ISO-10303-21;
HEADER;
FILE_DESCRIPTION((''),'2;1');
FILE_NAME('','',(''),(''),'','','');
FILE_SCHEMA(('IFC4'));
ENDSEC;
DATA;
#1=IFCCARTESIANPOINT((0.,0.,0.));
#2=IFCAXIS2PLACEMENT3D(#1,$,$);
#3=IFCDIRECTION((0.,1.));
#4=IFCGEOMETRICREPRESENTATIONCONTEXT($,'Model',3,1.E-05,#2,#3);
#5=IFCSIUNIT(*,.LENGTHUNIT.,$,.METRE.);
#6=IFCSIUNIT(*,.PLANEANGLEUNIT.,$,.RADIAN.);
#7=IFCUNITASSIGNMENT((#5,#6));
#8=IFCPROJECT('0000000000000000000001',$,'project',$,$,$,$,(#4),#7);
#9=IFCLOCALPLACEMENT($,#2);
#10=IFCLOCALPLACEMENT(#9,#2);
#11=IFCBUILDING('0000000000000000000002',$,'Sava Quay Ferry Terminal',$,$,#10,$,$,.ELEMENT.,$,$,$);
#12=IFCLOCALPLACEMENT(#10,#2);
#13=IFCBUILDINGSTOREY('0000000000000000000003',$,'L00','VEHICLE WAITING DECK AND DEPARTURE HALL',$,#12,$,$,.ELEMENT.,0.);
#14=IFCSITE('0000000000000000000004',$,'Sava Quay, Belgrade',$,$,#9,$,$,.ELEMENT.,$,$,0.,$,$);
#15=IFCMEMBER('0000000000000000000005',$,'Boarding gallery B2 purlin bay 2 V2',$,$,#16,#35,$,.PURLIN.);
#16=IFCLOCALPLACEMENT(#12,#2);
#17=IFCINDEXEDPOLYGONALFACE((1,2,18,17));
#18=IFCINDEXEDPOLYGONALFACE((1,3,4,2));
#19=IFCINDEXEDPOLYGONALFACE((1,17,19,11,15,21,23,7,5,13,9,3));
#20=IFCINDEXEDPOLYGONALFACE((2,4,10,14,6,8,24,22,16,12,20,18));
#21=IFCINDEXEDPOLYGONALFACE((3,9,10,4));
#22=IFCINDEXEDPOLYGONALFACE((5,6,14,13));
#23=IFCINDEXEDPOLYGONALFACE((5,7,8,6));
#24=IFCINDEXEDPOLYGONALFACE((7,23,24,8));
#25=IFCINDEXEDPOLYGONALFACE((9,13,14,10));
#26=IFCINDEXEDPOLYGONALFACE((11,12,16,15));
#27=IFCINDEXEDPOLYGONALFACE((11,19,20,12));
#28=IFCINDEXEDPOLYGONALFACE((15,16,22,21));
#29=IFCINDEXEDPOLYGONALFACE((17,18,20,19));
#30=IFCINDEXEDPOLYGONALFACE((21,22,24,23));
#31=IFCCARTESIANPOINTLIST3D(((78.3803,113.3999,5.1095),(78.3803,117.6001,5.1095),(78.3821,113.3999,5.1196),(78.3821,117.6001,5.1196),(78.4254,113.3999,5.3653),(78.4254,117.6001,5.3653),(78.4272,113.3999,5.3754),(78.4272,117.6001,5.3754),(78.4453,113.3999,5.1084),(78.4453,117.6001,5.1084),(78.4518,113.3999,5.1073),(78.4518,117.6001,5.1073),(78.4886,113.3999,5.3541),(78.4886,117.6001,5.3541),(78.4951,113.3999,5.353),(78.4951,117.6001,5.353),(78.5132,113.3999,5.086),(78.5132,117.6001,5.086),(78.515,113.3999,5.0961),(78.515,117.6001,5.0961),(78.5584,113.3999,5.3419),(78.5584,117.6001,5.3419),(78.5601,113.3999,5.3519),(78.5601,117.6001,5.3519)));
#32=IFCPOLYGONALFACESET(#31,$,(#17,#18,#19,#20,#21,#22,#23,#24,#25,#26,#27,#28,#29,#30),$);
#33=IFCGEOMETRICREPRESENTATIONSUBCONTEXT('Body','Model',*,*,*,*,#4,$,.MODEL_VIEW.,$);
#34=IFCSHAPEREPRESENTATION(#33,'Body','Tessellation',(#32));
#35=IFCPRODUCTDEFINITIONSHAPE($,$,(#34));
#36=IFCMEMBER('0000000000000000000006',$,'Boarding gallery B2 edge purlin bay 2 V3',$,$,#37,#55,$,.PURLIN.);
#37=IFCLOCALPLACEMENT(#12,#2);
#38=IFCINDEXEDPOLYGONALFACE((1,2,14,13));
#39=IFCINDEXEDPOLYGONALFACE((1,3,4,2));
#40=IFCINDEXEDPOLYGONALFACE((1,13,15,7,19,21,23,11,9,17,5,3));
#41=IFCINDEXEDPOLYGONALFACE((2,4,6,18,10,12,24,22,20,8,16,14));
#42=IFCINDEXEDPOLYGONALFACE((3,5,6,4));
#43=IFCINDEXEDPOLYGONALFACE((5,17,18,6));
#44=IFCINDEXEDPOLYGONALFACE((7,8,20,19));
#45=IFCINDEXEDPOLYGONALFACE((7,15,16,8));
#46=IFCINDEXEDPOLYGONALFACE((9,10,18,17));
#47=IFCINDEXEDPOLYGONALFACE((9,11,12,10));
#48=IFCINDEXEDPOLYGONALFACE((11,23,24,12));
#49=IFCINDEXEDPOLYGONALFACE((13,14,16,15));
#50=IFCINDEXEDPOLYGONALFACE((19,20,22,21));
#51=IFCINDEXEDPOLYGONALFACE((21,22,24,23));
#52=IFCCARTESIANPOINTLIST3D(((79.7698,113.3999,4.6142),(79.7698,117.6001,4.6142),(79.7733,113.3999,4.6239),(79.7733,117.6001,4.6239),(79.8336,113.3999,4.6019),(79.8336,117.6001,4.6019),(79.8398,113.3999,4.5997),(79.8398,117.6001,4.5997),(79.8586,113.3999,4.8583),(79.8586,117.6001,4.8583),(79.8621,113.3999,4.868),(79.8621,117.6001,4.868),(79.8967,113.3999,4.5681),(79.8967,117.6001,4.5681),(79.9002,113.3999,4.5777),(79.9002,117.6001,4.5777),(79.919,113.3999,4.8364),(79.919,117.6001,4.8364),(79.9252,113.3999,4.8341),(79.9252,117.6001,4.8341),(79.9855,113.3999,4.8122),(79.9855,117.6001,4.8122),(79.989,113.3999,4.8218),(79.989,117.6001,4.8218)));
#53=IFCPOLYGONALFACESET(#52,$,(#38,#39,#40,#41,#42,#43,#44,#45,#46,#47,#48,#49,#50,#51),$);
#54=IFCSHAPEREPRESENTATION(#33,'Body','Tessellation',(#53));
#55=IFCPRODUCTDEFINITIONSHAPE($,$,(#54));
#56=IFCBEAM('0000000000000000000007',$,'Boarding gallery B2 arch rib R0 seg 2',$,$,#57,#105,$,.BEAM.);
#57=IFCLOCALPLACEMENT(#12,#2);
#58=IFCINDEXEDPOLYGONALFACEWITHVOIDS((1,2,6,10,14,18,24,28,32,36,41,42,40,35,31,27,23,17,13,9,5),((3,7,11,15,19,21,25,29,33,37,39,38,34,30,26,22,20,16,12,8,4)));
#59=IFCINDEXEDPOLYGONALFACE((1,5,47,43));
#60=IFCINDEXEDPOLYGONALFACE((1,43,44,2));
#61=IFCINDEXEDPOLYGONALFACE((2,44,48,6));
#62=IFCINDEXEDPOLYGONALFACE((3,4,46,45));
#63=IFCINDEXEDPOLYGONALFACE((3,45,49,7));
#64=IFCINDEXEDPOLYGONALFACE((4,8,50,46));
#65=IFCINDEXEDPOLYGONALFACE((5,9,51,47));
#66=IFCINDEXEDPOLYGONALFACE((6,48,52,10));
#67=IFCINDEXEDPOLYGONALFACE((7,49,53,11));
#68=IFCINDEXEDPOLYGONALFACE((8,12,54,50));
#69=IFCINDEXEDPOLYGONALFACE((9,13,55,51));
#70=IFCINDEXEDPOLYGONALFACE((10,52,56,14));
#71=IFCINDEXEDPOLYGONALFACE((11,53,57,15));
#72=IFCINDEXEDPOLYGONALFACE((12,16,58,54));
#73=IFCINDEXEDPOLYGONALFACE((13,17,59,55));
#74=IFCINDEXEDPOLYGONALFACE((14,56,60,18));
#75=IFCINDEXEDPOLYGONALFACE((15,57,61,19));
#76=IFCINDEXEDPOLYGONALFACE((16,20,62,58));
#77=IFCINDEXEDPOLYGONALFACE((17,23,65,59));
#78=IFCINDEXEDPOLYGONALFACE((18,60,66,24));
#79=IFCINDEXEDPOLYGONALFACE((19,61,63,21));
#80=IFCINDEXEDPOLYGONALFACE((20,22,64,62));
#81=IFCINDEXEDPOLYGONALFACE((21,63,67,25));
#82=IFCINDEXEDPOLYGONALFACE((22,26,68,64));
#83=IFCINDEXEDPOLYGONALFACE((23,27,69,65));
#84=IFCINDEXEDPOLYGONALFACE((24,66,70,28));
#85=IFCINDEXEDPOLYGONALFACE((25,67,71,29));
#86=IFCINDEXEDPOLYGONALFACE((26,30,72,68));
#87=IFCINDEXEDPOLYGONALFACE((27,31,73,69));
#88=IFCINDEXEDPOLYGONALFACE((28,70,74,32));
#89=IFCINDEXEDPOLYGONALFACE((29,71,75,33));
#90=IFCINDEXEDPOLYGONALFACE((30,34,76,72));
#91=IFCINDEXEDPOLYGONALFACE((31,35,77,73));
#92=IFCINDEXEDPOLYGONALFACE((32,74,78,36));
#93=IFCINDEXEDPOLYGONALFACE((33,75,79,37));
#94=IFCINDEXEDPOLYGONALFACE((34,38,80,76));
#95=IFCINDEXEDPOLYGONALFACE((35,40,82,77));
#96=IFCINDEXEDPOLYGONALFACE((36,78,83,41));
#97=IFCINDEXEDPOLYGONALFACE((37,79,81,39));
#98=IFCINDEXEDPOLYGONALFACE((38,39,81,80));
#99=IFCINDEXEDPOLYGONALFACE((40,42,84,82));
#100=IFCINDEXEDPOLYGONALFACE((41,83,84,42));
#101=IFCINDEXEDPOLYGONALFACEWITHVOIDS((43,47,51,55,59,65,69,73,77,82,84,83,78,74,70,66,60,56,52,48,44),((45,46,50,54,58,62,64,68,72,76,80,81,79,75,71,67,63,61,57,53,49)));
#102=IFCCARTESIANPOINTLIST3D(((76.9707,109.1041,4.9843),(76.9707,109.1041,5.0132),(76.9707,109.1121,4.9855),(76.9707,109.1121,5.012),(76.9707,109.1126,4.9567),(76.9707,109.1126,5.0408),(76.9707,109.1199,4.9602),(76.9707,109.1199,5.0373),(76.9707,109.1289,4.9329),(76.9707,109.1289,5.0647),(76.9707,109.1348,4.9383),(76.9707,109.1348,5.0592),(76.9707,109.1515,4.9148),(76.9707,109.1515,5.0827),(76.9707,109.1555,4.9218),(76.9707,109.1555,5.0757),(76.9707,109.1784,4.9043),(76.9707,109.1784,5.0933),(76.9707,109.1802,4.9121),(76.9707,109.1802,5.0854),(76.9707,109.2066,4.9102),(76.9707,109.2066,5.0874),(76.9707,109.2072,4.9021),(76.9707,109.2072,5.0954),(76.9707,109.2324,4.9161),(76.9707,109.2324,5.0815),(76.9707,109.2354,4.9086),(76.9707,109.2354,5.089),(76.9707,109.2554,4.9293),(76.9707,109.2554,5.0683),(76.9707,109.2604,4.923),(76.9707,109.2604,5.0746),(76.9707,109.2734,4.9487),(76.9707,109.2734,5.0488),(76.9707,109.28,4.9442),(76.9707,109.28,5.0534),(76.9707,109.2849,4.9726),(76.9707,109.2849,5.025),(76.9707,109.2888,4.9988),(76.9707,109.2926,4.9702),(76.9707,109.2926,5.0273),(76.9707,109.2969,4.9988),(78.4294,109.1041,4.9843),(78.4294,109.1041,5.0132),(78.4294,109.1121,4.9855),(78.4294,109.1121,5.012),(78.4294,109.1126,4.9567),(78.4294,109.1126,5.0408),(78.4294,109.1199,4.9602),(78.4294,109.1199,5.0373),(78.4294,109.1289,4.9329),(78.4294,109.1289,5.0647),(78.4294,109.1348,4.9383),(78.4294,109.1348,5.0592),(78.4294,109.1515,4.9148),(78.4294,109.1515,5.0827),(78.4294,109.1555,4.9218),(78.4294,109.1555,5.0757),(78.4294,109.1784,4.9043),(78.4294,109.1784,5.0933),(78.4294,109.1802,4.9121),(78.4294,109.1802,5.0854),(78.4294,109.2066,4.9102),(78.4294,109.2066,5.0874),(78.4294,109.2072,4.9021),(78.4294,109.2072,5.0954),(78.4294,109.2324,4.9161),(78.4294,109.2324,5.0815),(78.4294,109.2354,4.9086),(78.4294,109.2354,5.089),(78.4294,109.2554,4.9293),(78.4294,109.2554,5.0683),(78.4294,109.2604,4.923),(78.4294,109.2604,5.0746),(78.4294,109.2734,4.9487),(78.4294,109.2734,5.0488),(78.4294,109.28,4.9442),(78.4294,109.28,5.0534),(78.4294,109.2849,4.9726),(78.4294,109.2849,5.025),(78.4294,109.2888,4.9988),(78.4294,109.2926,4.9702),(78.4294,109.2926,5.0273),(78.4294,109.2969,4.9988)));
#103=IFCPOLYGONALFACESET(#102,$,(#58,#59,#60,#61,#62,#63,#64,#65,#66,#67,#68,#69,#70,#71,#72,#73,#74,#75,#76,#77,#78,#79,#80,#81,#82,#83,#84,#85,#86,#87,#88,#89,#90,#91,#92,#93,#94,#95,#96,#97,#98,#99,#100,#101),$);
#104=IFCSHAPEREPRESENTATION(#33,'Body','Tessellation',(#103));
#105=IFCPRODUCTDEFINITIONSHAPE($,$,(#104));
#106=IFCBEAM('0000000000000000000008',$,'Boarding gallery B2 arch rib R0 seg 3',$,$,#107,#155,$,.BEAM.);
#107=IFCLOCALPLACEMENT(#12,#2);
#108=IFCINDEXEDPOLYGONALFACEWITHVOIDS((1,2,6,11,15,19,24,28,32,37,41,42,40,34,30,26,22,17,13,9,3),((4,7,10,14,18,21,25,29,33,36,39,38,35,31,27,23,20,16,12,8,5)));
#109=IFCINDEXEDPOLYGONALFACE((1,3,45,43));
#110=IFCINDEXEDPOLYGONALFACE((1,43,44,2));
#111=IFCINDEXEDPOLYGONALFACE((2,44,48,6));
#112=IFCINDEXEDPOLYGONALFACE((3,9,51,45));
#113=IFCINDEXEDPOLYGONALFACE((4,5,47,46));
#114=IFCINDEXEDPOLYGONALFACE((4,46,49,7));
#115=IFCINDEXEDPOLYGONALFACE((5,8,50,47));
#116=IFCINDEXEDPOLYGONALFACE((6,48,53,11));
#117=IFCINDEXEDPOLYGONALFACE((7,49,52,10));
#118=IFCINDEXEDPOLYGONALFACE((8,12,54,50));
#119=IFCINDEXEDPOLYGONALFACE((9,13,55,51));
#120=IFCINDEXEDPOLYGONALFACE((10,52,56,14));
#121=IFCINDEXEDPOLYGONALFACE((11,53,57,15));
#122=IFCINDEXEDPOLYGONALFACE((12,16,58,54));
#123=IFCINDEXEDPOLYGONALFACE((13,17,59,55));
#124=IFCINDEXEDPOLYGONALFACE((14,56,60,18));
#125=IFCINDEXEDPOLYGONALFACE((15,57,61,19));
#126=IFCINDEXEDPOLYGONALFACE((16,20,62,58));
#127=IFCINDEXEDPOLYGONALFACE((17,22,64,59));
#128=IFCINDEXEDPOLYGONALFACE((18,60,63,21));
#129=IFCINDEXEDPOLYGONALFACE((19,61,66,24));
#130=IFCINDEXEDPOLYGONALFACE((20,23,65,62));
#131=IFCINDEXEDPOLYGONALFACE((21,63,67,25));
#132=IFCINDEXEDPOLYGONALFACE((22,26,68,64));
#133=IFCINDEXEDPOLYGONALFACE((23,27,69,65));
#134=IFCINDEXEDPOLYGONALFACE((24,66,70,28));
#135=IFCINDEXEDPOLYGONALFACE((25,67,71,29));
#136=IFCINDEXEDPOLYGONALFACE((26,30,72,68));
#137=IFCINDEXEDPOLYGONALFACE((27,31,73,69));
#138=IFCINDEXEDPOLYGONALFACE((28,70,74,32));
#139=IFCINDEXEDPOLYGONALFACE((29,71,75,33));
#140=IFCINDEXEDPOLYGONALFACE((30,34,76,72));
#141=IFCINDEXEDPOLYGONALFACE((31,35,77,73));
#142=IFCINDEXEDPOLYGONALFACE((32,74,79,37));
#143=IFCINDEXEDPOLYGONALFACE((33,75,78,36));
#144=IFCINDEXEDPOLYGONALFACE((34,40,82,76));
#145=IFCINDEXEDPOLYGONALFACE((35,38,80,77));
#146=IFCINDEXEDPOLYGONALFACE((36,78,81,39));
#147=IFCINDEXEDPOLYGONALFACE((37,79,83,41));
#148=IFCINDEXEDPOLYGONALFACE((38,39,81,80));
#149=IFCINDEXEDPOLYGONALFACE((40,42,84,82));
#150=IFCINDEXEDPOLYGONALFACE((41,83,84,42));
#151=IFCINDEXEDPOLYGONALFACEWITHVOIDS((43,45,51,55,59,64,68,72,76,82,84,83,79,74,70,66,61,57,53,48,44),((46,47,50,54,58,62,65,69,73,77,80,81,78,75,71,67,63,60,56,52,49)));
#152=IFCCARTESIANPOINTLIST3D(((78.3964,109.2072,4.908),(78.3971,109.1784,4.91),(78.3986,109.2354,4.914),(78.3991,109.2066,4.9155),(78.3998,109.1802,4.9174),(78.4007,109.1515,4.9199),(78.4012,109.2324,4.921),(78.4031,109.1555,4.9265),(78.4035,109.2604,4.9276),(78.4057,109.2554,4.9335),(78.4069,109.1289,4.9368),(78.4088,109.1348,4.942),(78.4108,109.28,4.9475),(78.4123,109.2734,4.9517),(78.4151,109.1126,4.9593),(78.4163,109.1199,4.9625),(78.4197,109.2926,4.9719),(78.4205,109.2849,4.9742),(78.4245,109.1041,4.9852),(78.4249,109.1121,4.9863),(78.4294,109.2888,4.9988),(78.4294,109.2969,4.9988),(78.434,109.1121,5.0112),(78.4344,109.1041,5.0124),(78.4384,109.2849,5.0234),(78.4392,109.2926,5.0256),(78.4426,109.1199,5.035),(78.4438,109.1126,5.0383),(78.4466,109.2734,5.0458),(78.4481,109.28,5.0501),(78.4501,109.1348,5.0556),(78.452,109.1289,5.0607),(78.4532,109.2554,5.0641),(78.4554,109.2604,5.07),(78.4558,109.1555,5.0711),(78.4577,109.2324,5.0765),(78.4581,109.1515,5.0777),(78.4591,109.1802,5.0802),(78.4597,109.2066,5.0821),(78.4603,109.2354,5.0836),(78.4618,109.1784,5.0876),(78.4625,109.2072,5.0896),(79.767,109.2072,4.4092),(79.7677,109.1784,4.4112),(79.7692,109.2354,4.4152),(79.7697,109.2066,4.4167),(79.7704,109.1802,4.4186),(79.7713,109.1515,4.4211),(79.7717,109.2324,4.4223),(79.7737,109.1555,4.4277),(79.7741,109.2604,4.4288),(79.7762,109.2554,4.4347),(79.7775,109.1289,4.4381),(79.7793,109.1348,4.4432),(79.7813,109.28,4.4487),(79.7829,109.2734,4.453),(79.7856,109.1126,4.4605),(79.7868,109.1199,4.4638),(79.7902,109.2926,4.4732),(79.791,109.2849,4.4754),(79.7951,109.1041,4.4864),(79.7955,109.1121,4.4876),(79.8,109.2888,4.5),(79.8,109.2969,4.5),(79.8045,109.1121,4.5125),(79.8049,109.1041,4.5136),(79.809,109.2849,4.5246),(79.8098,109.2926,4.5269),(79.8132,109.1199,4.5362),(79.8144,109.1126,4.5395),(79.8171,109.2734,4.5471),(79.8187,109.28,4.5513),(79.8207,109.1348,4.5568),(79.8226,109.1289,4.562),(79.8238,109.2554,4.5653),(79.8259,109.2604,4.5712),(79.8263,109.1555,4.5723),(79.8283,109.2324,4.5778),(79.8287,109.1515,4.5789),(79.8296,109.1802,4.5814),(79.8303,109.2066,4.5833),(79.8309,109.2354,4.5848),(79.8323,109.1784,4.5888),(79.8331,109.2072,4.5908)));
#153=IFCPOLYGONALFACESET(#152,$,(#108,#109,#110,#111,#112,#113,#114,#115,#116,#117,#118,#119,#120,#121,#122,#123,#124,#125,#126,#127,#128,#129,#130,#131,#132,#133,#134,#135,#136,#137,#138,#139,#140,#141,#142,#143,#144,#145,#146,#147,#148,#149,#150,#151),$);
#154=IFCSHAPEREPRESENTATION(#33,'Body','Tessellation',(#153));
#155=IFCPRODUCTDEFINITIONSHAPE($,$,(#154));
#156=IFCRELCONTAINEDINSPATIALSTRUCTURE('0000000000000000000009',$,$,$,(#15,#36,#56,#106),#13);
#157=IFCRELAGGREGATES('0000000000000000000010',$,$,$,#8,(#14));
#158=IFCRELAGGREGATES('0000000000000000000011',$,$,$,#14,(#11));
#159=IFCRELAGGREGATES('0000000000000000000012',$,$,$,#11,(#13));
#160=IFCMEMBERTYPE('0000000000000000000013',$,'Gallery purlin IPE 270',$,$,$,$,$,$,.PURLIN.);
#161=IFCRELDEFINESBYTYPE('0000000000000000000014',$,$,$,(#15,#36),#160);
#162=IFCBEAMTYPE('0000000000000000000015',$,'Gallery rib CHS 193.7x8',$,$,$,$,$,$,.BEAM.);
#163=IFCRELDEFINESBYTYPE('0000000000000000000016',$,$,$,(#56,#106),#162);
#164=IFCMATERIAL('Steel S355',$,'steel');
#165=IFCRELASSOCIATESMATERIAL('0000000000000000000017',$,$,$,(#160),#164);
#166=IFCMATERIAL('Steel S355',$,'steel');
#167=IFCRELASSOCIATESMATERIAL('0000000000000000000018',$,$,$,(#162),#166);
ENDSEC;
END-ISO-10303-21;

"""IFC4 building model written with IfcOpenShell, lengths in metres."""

from ifc_helpers import new_model, si_unit, direction, frame, origin, origin_2d, place, context, subcontext, project, spatial, hollow_circle, i_section, extrude, material, material_profile, profile_set, type_object, element, save


model = new_model("IFC4")

# Units and contexts
model_context = context("Model", 3, precision=1e-05, world=origin(), true_north=direction((0.0, 1.0)))
body_context = subcontext(model_context, "Body", "Model", "MODEL_VIEW")
ifc_project = project(units=[si_unit("LENGTHUNIT", "METRE"), si_unit("PLANEANGLEUNIT", "RADIAN")], contexts=[model_context])

# Site, building, storey
site_placement = place(None, origin())
site = spatial("IfcSite", under=ifc_project, at=site_placement, Name="Sava Quay, Belgrade", CompositionType="ELEMENT", RefElevation=0.0)
building_placement = place(site_placement, origin())
building = spatial("IfcBuilding", under=site, at=building_placement, Name="Sava Quay Ferry Terminal", CompositionType="ELEMENT")
storey_placement = place(building_placement, origin())
storey = spatial("IfcBuildingStorey", under=building, at=storey_placement, Name="L00", Description="VEHICLE WAITING DECK AND DEPARTURE HALL", CompositionType="ELEMENT", Elevation=0.0)

# Members
ifc_material_1 = material(Name="Steel S355", Category="steel")
ifc_material_profile_1 = material_profile(ifc_material_1, i_section(OverallWidth=0.135, OverallDepth=0.27, WebThickness=0.0066, FlangeThickness=0.0103, at=origin_2d()), Name="IPE 270")
ifc_profile_set_1 = profile_set([ifc_material_profile_1], Name="Steel S355")
member_type_1 = type_object("IfcMemberType", Name="Gallery purlin IPE 270", PredefinedType="PURLIN", material=ifc_profile_set_1)
for number, where, z_axis, x_axis, name in (
    (1, (78.4702, 113.3999, 5.2307), (0.0, 1.0, 0.0), (-0.984808, 0.0, 0.173648), "Boarding gallery B2 purlin bay 2 V2"),
    (2, (79.8794, 113.3999, 4.718), (0.0, 1.0, 0.0), (-0.939693, 0.0, 0.34202), "Boarding gallery B2 edge purlin bay 2 V3"),
):
    element("IfcMember", number, at=place(storey_placement, frame(where, z_axis=z_axis, x_axis=x_axis)), inside=storey, type_object=member_type_1, Name=name, PredefinedType="PURLIN", context=body_context, shape_type="SweptSolid", body=[
        extrude(i_section(OverallWidth=0.135, OverallDepth=0.27, WebThickness=0.0066, FlangeThickness=0.0103, at=origin_2d()), origin(), (0.0, 0.0, 1.0), 4.2002),
    ])

# Beams
ifc_material_2 = material(Name="Steel S355", Category="steel")
ifc_material_profile_2 = material_profile(ifc_material_2, hollow_circle(Radius=0.0969, WallThickness=0.0081, at=origin_2d()), Name="CHS 193.7 x 8.0")
ifc_profile_set_2 = profile_set([ifc_material_profile_2], Name="Steel S355")
beam_type_1 = type_object("IfcBeamType", Name="Gallery rib CHS 193.7x8", PredefinedType="BEAM", material=ifc_profile_set_2)
beam_1_placement = place(storey_placement, frame((76.9707, 109.2, 4.9988), z_axis=(1.0, 0.0, 0.0), x_axis=(0.0, 1.0, 0.0)))
element("IfcBeam", 3, at=beam_1_placement, inside=storey, type_object=beam_type_1, Name="Boarding gallery B2 arch rib R0 seg 2", PredefinedType="BEAM", context=body_context, shape_type="SweptSolid", body=[
    extrude(hollow_circle(Radius=0.0969, WallThickness=0.0081, at=origin_2d()), origin(), (0.0, 0.0, 1.0), 1.4587),
])
beam_2_placement = place(storey_placement, frame((78.4294, 109.2, 4.9988), z_axis=(0.93971, 0.0, -0.341972), x_axis=(0.0, 1.0, 0.0)))
element("IfcBeam", 4, at=beam_2_placement, inside=storey, type_object=beam_type_1, Name="Boarding gallery B2 arch rib R0 seg 3", PredefinedType="BEAM", context=body_context, shape_type="SweptSolid", body=[
    extrude(hollow_circle(Radius=0.0969, WallThickness=0.0081, at=origin_2d()), origin(), (0.0, 0.0, 1.0), 1.4585),
])

save(model, "model.ifc")
